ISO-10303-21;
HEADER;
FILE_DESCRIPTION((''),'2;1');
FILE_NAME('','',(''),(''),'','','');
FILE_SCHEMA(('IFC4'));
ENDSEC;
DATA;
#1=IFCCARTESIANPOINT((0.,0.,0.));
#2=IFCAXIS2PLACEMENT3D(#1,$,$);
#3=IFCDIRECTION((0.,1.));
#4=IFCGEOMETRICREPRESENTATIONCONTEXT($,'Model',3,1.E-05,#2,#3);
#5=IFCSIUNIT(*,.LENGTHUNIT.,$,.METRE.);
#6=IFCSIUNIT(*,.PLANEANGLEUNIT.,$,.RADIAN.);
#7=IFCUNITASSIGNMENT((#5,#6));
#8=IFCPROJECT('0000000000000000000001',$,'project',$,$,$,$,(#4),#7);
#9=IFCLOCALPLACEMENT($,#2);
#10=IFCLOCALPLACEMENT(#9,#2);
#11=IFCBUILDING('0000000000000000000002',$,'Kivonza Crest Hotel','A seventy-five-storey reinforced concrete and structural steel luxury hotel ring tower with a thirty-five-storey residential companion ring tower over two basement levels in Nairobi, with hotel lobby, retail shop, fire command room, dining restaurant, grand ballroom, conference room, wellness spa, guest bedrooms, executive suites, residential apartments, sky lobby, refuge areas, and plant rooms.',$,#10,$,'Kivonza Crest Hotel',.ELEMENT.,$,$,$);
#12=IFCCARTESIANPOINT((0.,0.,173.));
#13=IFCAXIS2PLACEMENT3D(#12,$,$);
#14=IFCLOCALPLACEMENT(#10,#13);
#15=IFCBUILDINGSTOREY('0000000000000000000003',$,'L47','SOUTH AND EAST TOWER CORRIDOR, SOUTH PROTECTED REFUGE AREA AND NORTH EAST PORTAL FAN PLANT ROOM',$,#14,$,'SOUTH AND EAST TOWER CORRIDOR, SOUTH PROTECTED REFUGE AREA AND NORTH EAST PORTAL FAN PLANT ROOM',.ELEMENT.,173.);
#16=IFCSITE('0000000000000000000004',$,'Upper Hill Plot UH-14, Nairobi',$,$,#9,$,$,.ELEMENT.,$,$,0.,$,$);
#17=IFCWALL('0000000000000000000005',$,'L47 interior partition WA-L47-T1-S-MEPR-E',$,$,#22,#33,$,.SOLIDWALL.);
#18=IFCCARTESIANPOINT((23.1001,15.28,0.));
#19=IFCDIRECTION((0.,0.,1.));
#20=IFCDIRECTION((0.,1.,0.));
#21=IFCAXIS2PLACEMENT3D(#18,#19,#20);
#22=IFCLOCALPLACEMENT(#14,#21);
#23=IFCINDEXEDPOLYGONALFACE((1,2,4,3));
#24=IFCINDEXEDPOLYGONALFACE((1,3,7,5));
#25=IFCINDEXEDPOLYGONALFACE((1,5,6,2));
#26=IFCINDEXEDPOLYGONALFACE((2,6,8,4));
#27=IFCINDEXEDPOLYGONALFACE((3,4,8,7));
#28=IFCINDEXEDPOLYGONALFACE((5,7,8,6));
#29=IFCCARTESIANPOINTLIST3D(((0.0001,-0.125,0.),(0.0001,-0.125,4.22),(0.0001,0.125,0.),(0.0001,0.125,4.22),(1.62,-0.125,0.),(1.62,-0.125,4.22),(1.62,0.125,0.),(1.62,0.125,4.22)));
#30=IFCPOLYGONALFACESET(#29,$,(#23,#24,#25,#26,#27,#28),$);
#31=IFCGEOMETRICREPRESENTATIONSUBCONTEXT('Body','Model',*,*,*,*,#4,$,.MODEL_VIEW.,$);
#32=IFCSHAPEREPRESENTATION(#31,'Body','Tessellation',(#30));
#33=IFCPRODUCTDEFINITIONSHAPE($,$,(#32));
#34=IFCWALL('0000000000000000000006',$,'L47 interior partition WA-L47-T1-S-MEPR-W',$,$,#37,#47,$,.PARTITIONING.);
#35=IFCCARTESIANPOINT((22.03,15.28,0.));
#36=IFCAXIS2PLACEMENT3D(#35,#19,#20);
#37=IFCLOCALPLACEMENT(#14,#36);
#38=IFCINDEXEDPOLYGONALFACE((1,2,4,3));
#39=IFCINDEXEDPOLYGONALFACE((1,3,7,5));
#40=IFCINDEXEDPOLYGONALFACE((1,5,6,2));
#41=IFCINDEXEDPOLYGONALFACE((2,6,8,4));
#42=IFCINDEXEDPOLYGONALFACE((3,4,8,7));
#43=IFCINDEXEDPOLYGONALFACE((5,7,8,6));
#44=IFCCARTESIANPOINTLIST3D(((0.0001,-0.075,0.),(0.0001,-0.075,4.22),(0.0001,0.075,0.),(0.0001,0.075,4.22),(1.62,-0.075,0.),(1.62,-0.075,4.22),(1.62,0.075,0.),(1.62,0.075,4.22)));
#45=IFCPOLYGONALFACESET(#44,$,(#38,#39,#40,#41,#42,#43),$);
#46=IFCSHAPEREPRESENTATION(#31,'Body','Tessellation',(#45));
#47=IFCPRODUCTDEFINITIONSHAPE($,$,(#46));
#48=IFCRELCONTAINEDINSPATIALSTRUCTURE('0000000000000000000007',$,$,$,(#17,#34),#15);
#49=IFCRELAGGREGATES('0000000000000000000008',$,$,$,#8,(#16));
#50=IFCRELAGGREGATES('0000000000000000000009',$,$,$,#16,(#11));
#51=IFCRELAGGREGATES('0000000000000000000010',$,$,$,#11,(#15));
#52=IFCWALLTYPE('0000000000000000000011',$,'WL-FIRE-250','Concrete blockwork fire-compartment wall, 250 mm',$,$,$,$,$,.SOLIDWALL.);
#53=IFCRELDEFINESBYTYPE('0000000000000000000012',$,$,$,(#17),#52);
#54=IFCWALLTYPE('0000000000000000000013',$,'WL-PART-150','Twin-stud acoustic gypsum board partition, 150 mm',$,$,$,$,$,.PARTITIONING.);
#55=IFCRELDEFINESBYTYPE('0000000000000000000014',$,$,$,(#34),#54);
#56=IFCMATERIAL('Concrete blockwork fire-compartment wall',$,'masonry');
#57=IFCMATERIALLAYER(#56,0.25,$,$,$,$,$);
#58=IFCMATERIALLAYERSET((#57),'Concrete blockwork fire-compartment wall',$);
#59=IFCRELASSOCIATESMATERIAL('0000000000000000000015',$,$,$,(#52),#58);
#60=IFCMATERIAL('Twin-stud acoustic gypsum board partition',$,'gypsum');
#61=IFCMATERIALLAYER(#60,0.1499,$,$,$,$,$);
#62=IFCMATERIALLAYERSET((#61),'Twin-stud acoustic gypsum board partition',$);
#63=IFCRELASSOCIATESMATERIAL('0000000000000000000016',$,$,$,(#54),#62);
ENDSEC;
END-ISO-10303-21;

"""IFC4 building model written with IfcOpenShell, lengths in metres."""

from ifc_helpers import new_model, si_unit, direction, frame, frame_2d, origin, place, context, subcontext, project, spatial, rectangle, extrude, material, layer, layer_set, type_object, element, save


model = new_model("IFC4")

# Units and contexts
model_context = context("Model", 3, precision=1e-05, world=origin(), true_north=direction((0.0, 1.0)))
body_context = subcontext(model_context, "Body", "Model", "MODEL_VIEW")
ifc_project = project(units=[si_unit("LENGTHUNIT", "METRE"), si_unit("PLANEANGLEUNIT", "RADIAN")], contexts=[model_context])

# Site, building, storey
site_placement = place(None, origin())
site = spatial("IfcSite", under=ifc_project, at=site_placement, Name="Upper Hill Plot UH-14, Nairobi", CompositionType="ELEMENT", RefElevation=0.0)
building_placement = place(site_placement, origin())
building = spatial("IfcBuilding", under=site, at=building_placement, Name="Kivonza Crest Hotel", Description="A seventy-five-storey reinforced concrete and structural steel luxury hotel ring tower with a thirty-five-storey residential companion ring tower over two basement levels in Nairobi, with hotel lobby, retail shop, fire command room, dining restaurant, grand ballroom, conference room, wellness spa, guest bedrooms, executive suites, residential apartments, sky lobby, refuge areas, and plant rooms.", LongName="Kivonza Crest Hotel", CompositionType="ELEMENT")
storey_placement = place(building_placement, frame((0.0, 0.0, 173.0)))
storey = spatial("IfcBuildingStorey", under=building, at=storey_placement, Name="L47", Description="SOUTH AND EAST TOWER CORRIDOR, SOUTH PROTECTED REFUGE AREA AND NORTH EAST PORTAL FAN PLANT ROOM", LongName="SOUTH AND EAST TOWER CORRIDOR, SOUTH PROTECTED REFUGE AREA AND NORTH EAST PORTAL FAN PLANT ROOM", CompositionType="ELEMENT", Elevation=173.0)

# Wall
ifc_material_1 = material(Name="Concrete blockwork fire-compartment wall", Category="masonry")
ifc_layer_1 = layer(ifc_material_1, 0.25)
ifc_layer_set_1 = layer_set([ifc_layer_1], Name="Concrete blockwork fire-compartment wall")
wall_type_1 = type_object("IfcWallType", Name="WL-FIRE-250", Description="Concrete blockwork fire-compartment wall, 250 mm", PredefinedType="SOLIDWALL", material=ifc_layer_set_1)
wall_1_placement = place(storey_placement, frame((23.1001, 15.28, 0.0), z_axis=(0.0, 0.0, 1.0), x_axis=(0.0, 1.0, 0.0)))
element("IfcWall", 1, at=wall_1_placement, inside=storey, type_object=wall_type_1, Name="L47 interior partition WA-L47-T1-S-MEPR-E", PredefinedType="SOLIDWALL", context=body_context, shape_type="SweptSolid", body=[
    extrude(rectangle(XDim=1.6199, YDim=0.25, at=frame_2d((0.8101, 0.0))), origin(), (0.0, 0.0, 1.0), 4.22),
])

# Wall
ifc_material_2 = material(Name="Twin-stud acoustic gypsum board partition", Category="gypsum")
ifc_layer_2 = layer(ifc_material_2, 0.1499)
ifc_layer_set_2 = layer_set([ifc_layer_2], Name="Twin-stud acoustic gypsum board partition")
wall_type_2 = type_object("IfcWallType", Name="WL-PART-150", Description="Twin-stud acoustic gypsum board partition, 150 mm", PredefinedType="PARTITIONING", material=ifc_layer_set_2)
wall_2_placement = place(storey_placement, frame((22.03, 15.28, 0.0), z_axis=(0.0, 0.0, 1.0), x_axis=(0.0, 1.0, 0.0)))
element("IfcWall", 2, at=wall_2_placement, inside=storey, type_object=wall_type_2, Name="L47 interior partition WA-L47-T1-S-MEPR-W", PredefinedType="PARTITIONING", context=body_context, shape_type="SweptSolid", body=[
    extrude(rectangle(XDim=1.6199, YDim=0.1499, at=frame_2d((0.8101, 0.0))), origin(), (0.0, 0.0, 1.0), 4.22),
])

save(model, "model.ifc")
